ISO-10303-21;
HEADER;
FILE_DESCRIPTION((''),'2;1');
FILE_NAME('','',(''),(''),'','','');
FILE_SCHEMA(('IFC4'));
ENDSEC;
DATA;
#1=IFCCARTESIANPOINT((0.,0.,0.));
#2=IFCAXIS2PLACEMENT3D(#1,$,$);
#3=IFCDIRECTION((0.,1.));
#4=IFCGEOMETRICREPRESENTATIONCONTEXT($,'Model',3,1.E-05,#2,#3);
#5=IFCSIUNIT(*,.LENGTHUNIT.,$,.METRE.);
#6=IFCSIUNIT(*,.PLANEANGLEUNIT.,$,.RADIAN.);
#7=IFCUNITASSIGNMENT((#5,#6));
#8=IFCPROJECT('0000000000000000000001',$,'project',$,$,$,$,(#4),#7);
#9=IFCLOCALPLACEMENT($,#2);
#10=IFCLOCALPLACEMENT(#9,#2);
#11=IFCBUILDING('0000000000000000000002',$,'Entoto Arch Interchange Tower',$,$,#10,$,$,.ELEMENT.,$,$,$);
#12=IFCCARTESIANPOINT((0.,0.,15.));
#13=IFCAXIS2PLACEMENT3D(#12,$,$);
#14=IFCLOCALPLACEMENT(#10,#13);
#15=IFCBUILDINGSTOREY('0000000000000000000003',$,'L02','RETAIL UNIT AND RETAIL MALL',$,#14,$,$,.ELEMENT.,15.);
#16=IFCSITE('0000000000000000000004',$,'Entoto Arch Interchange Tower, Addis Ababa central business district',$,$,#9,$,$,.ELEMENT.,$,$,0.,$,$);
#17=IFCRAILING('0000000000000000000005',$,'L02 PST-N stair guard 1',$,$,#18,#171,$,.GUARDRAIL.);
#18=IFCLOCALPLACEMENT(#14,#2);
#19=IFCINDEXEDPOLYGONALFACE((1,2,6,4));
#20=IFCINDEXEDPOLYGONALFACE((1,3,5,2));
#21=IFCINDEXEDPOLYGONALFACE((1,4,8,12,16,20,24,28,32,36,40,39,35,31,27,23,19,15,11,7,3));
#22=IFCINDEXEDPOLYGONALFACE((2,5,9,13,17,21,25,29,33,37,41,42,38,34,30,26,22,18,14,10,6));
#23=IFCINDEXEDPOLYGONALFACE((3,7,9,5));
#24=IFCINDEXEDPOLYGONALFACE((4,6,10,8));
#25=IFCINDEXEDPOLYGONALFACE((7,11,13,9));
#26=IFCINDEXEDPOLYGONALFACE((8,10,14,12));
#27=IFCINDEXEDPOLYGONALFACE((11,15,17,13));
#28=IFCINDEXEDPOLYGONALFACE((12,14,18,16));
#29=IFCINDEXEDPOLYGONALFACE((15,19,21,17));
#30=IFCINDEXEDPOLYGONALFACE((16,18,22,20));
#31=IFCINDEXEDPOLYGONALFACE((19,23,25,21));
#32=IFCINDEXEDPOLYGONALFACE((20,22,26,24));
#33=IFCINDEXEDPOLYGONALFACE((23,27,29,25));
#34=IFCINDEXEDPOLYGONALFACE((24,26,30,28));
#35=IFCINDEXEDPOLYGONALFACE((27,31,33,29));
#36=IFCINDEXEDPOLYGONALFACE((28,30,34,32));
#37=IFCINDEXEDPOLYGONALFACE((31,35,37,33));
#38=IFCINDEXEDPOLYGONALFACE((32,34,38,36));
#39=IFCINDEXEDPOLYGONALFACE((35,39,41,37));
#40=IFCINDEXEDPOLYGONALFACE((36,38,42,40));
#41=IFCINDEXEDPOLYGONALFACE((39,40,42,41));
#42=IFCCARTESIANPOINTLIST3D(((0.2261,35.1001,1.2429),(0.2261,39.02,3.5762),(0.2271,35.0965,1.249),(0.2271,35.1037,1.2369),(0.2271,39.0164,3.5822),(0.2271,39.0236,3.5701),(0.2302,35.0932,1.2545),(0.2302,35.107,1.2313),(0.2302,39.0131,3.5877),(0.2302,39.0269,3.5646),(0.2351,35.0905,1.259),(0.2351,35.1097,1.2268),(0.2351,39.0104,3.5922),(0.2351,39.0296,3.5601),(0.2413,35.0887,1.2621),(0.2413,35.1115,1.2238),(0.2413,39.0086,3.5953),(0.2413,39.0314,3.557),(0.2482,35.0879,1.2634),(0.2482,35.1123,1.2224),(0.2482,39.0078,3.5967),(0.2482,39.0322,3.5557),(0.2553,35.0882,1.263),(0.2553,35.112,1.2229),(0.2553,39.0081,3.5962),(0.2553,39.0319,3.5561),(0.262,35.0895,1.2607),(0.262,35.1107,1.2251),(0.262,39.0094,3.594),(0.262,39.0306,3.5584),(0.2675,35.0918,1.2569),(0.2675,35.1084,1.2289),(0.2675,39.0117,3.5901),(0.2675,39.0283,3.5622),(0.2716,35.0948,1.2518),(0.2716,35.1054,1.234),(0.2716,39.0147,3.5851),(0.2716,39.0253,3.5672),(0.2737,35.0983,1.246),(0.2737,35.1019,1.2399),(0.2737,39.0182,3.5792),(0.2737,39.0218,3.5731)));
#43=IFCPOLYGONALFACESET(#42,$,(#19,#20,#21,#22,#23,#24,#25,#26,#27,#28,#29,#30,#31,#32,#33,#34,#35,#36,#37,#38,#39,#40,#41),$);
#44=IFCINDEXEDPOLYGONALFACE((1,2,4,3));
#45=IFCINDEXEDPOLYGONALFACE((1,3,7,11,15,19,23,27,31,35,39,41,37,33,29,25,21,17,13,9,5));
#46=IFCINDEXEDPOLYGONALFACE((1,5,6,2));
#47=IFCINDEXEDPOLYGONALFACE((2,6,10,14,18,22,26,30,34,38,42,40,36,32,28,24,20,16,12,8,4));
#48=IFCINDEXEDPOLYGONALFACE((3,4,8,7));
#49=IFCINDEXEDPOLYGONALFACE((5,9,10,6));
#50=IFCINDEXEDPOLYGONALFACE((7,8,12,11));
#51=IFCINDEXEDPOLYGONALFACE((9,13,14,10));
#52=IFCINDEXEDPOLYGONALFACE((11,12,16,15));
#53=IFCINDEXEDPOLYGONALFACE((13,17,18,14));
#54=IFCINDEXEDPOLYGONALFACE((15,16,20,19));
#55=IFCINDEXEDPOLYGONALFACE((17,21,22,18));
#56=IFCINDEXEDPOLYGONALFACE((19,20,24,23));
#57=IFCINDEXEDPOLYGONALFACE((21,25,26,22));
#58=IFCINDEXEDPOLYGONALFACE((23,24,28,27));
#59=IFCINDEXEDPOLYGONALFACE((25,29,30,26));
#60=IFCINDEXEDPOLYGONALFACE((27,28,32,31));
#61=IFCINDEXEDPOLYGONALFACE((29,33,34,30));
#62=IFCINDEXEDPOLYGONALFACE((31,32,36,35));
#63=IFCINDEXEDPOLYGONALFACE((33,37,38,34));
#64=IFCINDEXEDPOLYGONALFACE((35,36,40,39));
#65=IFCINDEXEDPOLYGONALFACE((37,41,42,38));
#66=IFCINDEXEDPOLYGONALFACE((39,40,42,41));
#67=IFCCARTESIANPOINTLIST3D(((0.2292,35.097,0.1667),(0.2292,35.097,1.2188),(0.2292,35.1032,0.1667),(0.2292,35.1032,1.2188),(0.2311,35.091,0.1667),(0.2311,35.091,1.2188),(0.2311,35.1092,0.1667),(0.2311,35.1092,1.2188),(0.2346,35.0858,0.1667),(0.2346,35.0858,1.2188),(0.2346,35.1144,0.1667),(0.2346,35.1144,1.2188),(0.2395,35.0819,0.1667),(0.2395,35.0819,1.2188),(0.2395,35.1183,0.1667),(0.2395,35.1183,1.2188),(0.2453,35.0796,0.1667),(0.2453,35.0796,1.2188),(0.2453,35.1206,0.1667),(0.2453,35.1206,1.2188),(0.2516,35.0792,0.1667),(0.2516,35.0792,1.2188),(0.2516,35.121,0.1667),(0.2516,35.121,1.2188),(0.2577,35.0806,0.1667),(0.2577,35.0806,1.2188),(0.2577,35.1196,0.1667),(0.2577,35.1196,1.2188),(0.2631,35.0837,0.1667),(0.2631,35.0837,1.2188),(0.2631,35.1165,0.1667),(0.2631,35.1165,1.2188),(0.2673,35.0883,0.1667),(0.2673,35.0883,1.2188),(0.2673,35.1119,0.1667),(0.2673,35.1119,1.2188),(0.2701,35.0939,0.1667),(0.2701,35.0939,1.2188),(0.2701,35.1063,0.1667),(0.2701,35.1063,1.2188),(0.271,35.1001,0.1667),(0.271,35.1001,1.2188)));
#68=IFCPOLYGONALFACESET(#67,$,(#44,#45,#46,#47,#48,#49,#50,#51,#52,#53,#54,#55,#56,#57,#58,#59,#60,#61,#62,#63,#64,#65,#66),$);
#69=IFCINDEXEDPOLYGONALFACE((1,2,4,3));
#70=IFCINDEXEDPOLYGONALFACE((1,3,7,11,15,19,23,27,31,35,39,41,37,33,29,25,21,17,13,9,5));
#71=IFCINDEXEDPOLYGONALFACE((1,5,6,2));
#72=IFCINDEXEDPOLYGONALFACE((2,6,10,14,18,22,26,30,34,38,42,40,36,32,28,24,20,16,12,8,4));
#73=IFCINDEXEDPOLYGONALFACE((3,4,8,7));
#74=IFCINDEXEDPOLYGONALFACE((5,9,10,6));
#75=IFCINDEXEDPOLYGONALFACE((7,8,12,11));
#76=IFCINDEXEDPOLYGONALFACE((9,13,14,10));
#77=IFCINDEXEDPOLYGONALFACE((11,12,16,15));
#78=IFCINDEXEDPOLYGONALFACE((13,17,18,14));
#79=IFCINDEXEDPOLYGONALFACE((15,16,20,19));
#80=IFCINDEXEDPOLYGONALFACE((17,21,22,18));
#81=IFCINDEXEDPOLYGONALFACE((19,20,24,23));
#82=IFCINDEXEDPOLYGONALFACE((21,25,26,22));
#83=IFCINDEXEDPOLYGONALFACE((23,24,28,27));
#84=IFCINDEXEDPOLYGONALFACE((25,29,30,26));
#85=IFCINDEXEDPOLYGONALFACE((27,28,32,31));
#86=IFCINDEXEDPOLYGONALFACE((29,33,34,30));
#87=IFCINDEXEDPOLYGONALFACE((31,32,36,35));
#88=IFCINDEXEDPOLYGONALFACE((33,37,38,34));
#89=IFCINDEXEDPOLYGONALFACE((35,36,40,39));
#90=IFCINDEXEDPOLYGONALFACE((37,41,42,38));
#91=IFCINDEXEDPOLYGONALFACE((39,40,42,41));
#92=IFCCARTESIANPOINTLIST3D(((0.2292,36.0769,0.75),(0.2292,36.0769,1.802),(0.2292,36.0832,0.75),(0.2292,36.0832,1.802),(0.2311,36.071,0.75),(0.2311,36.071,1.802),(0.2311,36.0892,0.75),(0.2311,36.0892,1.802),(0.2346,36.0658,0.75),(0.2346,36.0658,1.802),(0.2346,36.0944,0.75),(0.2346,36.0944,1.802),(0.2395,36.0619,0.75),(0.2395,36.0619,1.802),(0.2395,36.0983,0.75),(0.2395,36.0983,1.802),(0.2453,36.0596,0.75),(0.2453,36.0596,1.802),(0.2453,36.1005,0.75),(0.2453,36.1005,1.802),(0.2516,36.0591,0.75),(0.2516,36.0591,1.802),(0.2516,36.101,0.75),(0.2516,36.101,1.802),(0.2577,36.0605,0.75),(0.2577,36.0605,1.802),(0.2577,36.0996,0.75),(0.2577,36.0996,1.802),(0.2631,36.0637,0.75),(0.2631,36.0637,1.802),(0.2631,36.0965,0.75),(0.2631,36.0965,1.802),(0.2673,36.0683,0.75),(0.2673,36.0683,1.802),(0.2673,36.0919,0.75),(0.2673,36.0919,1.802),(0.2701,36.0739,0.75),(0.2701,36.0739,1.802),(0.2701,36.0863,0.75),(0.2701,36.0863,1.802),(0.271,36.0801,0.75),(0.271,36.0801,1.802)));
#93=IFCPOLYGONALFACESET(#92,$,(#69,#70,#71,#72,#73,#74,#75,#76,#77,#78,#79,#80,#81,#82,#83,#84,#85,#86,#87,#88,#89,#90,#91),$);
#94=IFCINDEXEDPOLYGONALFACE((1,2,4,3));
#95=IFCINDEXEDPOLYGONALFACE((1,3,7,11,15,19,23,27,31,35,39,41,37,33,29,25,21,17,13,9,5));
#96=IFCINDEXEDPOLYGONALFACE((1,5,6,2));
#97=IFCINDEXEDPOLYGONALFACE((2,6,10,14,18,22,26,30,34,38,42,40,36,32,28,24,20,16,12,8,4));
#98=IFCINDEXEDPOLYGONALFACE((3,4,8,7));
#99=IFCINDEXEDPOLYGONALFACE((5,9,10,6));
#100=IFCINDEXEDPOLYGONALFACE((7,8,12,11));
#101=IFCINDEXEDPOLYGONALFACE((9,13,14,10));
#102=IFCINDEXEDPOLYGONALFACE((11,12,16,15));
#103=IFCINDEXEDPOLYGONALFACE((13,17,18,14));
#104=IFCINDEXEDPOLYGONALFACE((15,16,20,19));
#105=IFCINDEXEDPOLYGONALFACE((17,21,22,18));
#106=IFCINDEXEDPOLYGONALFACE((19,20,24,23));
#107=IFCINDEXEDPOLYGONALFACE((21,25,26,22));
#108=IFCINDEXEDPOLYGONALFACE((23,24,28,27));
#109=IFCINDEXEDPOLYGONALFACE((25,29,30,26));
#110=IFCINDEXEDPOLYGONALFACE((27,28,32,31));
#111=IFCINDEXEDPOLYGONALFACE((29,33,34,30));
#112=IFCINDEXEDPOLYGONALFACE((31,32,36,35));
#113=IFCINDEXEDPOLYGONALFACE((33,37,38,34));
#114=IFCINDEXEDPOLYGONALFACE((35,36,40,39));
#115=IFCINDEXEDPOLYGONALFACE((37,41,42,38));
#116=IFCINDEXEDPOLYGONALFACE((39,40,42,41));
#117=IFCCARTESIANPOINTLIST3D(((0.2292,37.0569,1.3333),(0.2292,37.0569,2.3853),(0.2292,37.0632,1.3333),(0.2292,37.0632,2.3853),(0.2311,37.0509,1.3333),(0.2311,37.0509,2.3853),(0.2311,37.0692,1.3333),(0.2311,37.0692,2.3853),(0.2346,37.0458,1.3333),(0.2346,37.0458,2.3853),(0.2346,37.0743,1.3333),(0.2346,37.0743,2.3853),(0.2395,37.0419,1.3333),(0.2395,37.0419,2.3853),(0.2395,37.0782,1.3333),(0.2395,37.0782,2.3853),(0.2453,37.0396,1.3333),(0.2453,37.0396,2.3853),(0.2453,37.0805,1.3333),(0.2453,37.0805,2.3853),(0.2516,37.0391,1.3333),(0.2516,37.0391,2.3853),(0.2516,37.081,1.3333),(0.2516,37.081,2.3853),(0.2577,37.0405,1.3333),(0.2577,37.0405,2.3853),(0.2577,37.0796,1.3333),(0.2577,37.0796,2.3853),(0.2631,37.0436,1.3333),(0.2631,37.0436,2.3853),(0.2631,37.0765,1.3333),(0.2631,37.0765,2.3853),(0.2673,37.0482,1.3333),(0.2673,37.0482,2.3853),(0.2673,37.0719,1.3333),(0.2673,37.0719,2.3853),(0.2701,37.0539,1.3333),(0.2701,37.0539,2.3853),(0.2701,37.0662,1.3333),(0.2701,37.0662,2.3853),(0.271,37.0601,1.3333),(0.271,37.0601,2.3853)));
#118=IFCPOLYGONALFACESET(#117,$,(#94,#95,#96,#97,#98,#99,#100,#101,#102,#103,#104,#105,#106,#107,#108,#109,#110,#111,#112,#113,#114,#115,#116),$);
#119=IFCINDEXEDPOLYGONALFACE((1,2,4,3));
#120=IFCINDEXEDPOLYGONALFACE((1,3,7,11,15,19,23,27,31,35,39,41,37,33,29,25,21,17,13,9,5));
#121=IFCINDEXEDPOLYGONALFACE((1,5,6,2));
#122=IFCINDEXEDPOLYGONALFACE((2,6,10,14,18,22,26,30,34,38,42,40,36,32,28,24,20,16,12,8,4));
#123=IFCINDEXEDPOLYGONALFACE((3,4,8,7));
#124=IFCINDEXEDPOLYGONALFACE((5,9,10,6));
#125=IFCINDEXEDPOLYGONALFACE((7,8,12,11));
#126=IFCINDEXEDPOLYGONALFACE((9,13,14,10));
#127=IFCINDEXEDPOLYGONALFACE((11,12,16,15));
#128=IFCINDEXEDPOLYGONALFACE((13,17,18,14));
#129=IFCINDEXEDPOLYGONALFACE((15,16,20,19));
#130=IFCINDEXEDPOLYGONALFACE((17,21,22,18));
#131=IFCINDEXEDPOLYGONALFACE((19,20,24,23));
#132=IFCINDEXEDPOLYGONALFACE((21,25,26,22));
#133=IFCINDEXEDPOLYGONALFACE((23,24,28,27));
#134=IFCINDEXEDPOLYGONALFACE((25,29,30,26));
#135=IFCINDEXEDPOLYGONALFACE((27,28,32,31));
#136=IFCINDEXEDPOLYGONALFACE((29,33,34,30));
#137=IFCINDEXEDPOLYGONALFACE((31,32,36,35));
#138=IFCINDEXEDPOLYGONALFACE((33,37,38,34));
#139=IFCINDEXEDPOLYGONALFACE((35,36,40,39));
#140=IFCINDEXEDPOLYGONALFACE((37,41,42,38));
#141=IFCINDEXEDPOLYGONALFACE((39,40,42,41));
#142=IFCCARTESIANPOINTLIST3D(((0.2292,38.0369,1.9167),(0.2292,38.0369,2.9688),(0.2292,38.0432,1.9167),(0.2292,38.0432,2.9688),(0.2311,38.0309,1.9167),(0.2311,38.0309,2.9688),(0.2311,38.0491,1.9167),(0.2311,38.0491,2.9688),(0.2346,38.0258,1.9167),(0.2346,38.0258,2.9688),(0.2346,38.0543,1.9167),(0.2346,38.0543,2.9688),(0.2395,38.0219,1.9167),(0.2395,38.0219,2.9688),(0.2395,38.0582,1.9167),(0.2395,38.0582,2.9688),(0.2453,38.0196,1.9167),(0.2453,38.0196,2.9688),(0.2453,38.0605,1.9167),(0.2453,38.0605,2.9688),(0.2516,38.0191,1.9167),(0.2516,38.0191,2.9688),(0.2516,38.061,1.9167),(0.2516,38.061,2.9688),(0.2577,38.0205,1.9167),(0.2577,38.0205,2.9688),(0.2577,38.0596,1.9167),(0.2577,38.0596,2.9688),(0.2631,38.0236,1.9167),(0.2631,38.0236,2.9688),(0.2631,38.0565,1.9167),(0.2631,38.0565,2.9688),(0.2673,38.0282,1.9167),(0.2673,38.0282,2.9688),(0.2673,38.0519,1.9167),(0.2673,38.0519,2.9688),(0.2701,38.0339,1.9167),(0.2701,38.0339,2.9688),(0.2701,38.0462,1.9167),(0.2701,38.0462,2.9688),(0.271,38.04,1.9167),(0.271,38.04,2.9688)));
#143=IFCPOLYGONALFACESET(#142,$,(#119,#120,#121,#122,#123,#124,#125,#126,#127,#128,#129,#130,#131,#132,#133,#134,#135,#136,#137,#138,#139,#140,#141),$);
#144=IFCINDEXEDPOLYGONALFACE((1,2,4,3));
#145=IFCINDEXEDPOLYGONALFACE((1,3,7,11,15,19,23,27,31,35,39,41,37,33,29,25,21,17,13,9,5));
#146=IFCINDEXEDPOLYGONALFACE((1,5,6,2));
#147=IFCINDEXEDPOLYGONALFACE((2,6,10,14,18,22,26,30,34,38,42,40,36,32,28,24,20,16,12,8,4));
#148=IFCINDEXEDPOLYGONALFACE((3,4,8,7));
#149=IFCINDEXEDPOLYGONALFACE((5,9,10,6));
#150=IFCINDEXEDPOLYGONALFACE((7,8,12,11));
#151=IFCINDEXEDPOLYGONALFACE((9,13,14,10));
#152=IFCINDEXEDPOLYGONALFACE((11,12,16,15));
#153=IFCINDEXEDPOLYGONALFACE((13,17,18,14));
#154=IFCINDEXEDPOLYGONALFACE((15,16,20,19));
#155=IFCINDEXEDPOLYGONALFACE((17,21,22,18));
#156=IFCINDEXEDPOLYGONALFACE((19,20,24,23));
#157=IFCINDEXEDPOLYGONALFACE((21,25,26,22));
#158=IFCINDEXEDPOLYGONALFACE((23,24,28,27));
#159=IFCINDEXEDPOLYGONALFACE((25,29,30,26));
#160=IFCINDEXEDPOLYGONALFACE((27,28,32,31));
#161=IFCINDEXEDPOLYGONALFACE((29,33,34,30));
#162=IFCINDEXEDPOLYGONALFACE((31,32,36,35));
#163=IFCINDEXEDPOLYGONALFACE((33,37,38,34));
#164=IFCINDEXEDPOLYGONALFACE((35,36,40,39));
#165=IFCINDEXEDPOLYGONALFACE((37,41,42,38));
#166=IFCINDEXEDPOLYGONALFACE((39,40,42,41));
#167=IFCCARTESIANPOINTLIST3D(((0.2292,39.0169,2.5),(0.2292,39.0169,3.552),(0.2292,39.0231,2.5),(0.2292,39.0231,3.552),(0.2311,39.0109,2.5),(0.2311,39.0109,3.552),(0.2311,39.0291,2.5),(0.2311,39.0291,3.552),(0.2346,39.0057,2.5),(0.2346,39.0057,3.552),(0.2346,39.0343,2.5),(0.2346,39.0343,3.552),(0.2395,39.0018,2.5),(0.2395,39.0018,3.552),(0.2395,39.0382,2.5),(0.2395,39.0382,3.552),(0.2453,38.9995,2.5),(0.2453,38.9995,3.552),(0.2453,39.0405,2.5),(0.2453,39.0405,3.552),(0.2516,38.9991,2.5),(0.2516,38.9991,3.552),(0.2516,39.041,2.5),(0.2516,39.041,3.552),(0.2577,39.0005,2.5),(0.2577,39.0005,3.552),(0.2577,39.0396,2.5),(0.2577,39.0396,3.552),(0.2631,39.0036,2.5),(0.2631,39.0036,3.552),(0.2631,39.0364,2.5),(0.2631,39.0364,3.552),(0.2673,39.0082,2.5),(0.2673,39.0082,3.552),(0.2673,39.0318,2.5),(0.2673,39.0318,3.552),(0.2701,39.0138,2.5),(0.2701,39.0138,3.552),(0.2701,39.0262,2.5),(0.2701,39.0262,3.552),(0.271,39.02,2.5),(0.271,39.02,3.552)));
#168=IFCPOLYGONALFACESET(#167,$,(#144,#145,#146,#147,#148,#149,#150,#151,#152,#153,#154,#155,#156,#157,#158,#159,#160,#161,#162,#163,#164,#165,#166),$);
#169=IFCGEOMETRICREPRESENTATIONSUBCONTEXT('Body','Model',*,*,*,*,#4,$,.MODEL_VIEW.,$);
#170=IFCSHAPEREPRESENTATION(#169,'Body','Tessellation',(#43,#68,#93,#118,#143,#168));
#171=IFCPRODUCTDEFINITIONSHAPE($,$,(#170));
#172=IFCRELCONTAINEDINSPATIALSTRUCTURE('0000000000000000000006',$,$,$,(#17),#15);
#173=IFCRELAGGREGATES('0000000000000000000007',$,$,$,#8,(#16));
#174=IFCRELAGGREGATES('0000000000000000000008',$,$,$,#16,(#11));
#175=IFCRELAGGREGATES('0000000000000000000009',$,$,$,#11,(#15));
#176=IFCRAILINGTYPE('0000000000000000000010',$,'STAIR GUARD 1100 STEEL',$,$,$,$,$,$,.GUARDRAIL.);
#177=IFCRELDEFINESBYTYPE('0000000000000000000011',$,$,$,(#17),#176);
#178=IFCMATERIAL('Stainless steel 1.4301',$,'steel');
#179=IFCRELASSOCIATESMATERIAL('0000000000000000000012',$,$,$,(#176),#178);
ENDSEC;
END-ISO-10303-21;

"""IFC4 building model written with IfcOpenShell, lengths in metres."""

from ifc_helpers import new_model, si_unit, direction, frame, origin, origin_2d, place, context, subcontext, project, spatial, circle, extrude, material, type_object, element, save


model = new_model("IFC4")

# Units and contexts
model_context = context("Model", 3, precision=1e-05, world=origin(), true_north=direction((0.0, 1.0)))
body_context = subcontext(model_context, "Body", "Model", "MODEL_VIEW")
ifc_project = project(units=[si_unit("LENGTHUNIT", "METRE"), si_unit("PLANEANGLEUNIT", "RADIAN")], contexts=[model_context])

# Site, building, storey
site_placement = place(None, origin())
site = spatial("IfcSite", under=ifc_project, at=site_placement, Name="Entoto Arch Interchange Tower, Addis Ababa central business district", CompositionType="ELEMENT", RefElevation=0.0)
building_placement = place(site_placement, origin())
building = spatial("IfcBuilding", under=site, at=building_placement, Name="Entoto Arch Interchange Tower", CompositionType="ELEMENT")
storey_placement = place(building_placement, frame((0.0, 0.0, 15.0)))
storey = spatial("IfcBuildingStorey", under=building, at=storey_placement, Name="L02", Description="RETAIL UNIT AND RETAIL MALL", CompositionType="ELEMENT", Elevation=15.0)

# Railing
ifc_material_1 = material(Name="Stainless steel 1.4301", Category="steel")
railing_type_1 = type_object("IfcRailingType", Name="STAIR GUARD 1100 STEEL", PredefinedType="GUARDRAIL", material=ifc_material_1)
railing_1_placement = place(storey_placement, frame((0.25, 35.1001, 0.1667)))
element("IfcRailing", 1, at=railing_1_placement, inside=storey, type_object=railing_type_1, Name="L02 PST-N stair guard 1", PredefinedType="GUARDRAIL", context=body_context, shape_type="SweptSolid", body=[
    extrude(circle(Radius=0.0239, at=origin_2d()), frame((0.0, 0.0, 1.0762), z_axis=(0.0, 0.859296, 0.511478), x_axis=(-1.0, 0.0, 0.0)), (0.0, 0.0, 1.0), 4.5618),
    extrude(circle(Radius=0.021, at=origin_2d()), origin(), (0.0, 0.0, 1.0), 1.052),
    extrude(circle(Radius=0.021, at=origin_2d()), frame((0.0, 0.98, 0.5833)), (0.0, 0.0, 1.0), 1.052),
    extrude(circle(Radius=0.021, at=origin_2d()), frame((0.0, 1.96, 1.1665)), (0.0, 0.0, 1.0), 1.052),
    extrude(circle(Radius=0.021, at=origin_2d()), frame((0.0, 2.9399, 1.75)), (0.0, 0.0, 1.0), 1.052),
    extrude(circle(Radius=0.021, at=origin_2d()), frame((0.0, 3.9199, 2.3333)), (0.0, 0.0, 1.0), 1.052),
])

save(model, "model.ifc")
